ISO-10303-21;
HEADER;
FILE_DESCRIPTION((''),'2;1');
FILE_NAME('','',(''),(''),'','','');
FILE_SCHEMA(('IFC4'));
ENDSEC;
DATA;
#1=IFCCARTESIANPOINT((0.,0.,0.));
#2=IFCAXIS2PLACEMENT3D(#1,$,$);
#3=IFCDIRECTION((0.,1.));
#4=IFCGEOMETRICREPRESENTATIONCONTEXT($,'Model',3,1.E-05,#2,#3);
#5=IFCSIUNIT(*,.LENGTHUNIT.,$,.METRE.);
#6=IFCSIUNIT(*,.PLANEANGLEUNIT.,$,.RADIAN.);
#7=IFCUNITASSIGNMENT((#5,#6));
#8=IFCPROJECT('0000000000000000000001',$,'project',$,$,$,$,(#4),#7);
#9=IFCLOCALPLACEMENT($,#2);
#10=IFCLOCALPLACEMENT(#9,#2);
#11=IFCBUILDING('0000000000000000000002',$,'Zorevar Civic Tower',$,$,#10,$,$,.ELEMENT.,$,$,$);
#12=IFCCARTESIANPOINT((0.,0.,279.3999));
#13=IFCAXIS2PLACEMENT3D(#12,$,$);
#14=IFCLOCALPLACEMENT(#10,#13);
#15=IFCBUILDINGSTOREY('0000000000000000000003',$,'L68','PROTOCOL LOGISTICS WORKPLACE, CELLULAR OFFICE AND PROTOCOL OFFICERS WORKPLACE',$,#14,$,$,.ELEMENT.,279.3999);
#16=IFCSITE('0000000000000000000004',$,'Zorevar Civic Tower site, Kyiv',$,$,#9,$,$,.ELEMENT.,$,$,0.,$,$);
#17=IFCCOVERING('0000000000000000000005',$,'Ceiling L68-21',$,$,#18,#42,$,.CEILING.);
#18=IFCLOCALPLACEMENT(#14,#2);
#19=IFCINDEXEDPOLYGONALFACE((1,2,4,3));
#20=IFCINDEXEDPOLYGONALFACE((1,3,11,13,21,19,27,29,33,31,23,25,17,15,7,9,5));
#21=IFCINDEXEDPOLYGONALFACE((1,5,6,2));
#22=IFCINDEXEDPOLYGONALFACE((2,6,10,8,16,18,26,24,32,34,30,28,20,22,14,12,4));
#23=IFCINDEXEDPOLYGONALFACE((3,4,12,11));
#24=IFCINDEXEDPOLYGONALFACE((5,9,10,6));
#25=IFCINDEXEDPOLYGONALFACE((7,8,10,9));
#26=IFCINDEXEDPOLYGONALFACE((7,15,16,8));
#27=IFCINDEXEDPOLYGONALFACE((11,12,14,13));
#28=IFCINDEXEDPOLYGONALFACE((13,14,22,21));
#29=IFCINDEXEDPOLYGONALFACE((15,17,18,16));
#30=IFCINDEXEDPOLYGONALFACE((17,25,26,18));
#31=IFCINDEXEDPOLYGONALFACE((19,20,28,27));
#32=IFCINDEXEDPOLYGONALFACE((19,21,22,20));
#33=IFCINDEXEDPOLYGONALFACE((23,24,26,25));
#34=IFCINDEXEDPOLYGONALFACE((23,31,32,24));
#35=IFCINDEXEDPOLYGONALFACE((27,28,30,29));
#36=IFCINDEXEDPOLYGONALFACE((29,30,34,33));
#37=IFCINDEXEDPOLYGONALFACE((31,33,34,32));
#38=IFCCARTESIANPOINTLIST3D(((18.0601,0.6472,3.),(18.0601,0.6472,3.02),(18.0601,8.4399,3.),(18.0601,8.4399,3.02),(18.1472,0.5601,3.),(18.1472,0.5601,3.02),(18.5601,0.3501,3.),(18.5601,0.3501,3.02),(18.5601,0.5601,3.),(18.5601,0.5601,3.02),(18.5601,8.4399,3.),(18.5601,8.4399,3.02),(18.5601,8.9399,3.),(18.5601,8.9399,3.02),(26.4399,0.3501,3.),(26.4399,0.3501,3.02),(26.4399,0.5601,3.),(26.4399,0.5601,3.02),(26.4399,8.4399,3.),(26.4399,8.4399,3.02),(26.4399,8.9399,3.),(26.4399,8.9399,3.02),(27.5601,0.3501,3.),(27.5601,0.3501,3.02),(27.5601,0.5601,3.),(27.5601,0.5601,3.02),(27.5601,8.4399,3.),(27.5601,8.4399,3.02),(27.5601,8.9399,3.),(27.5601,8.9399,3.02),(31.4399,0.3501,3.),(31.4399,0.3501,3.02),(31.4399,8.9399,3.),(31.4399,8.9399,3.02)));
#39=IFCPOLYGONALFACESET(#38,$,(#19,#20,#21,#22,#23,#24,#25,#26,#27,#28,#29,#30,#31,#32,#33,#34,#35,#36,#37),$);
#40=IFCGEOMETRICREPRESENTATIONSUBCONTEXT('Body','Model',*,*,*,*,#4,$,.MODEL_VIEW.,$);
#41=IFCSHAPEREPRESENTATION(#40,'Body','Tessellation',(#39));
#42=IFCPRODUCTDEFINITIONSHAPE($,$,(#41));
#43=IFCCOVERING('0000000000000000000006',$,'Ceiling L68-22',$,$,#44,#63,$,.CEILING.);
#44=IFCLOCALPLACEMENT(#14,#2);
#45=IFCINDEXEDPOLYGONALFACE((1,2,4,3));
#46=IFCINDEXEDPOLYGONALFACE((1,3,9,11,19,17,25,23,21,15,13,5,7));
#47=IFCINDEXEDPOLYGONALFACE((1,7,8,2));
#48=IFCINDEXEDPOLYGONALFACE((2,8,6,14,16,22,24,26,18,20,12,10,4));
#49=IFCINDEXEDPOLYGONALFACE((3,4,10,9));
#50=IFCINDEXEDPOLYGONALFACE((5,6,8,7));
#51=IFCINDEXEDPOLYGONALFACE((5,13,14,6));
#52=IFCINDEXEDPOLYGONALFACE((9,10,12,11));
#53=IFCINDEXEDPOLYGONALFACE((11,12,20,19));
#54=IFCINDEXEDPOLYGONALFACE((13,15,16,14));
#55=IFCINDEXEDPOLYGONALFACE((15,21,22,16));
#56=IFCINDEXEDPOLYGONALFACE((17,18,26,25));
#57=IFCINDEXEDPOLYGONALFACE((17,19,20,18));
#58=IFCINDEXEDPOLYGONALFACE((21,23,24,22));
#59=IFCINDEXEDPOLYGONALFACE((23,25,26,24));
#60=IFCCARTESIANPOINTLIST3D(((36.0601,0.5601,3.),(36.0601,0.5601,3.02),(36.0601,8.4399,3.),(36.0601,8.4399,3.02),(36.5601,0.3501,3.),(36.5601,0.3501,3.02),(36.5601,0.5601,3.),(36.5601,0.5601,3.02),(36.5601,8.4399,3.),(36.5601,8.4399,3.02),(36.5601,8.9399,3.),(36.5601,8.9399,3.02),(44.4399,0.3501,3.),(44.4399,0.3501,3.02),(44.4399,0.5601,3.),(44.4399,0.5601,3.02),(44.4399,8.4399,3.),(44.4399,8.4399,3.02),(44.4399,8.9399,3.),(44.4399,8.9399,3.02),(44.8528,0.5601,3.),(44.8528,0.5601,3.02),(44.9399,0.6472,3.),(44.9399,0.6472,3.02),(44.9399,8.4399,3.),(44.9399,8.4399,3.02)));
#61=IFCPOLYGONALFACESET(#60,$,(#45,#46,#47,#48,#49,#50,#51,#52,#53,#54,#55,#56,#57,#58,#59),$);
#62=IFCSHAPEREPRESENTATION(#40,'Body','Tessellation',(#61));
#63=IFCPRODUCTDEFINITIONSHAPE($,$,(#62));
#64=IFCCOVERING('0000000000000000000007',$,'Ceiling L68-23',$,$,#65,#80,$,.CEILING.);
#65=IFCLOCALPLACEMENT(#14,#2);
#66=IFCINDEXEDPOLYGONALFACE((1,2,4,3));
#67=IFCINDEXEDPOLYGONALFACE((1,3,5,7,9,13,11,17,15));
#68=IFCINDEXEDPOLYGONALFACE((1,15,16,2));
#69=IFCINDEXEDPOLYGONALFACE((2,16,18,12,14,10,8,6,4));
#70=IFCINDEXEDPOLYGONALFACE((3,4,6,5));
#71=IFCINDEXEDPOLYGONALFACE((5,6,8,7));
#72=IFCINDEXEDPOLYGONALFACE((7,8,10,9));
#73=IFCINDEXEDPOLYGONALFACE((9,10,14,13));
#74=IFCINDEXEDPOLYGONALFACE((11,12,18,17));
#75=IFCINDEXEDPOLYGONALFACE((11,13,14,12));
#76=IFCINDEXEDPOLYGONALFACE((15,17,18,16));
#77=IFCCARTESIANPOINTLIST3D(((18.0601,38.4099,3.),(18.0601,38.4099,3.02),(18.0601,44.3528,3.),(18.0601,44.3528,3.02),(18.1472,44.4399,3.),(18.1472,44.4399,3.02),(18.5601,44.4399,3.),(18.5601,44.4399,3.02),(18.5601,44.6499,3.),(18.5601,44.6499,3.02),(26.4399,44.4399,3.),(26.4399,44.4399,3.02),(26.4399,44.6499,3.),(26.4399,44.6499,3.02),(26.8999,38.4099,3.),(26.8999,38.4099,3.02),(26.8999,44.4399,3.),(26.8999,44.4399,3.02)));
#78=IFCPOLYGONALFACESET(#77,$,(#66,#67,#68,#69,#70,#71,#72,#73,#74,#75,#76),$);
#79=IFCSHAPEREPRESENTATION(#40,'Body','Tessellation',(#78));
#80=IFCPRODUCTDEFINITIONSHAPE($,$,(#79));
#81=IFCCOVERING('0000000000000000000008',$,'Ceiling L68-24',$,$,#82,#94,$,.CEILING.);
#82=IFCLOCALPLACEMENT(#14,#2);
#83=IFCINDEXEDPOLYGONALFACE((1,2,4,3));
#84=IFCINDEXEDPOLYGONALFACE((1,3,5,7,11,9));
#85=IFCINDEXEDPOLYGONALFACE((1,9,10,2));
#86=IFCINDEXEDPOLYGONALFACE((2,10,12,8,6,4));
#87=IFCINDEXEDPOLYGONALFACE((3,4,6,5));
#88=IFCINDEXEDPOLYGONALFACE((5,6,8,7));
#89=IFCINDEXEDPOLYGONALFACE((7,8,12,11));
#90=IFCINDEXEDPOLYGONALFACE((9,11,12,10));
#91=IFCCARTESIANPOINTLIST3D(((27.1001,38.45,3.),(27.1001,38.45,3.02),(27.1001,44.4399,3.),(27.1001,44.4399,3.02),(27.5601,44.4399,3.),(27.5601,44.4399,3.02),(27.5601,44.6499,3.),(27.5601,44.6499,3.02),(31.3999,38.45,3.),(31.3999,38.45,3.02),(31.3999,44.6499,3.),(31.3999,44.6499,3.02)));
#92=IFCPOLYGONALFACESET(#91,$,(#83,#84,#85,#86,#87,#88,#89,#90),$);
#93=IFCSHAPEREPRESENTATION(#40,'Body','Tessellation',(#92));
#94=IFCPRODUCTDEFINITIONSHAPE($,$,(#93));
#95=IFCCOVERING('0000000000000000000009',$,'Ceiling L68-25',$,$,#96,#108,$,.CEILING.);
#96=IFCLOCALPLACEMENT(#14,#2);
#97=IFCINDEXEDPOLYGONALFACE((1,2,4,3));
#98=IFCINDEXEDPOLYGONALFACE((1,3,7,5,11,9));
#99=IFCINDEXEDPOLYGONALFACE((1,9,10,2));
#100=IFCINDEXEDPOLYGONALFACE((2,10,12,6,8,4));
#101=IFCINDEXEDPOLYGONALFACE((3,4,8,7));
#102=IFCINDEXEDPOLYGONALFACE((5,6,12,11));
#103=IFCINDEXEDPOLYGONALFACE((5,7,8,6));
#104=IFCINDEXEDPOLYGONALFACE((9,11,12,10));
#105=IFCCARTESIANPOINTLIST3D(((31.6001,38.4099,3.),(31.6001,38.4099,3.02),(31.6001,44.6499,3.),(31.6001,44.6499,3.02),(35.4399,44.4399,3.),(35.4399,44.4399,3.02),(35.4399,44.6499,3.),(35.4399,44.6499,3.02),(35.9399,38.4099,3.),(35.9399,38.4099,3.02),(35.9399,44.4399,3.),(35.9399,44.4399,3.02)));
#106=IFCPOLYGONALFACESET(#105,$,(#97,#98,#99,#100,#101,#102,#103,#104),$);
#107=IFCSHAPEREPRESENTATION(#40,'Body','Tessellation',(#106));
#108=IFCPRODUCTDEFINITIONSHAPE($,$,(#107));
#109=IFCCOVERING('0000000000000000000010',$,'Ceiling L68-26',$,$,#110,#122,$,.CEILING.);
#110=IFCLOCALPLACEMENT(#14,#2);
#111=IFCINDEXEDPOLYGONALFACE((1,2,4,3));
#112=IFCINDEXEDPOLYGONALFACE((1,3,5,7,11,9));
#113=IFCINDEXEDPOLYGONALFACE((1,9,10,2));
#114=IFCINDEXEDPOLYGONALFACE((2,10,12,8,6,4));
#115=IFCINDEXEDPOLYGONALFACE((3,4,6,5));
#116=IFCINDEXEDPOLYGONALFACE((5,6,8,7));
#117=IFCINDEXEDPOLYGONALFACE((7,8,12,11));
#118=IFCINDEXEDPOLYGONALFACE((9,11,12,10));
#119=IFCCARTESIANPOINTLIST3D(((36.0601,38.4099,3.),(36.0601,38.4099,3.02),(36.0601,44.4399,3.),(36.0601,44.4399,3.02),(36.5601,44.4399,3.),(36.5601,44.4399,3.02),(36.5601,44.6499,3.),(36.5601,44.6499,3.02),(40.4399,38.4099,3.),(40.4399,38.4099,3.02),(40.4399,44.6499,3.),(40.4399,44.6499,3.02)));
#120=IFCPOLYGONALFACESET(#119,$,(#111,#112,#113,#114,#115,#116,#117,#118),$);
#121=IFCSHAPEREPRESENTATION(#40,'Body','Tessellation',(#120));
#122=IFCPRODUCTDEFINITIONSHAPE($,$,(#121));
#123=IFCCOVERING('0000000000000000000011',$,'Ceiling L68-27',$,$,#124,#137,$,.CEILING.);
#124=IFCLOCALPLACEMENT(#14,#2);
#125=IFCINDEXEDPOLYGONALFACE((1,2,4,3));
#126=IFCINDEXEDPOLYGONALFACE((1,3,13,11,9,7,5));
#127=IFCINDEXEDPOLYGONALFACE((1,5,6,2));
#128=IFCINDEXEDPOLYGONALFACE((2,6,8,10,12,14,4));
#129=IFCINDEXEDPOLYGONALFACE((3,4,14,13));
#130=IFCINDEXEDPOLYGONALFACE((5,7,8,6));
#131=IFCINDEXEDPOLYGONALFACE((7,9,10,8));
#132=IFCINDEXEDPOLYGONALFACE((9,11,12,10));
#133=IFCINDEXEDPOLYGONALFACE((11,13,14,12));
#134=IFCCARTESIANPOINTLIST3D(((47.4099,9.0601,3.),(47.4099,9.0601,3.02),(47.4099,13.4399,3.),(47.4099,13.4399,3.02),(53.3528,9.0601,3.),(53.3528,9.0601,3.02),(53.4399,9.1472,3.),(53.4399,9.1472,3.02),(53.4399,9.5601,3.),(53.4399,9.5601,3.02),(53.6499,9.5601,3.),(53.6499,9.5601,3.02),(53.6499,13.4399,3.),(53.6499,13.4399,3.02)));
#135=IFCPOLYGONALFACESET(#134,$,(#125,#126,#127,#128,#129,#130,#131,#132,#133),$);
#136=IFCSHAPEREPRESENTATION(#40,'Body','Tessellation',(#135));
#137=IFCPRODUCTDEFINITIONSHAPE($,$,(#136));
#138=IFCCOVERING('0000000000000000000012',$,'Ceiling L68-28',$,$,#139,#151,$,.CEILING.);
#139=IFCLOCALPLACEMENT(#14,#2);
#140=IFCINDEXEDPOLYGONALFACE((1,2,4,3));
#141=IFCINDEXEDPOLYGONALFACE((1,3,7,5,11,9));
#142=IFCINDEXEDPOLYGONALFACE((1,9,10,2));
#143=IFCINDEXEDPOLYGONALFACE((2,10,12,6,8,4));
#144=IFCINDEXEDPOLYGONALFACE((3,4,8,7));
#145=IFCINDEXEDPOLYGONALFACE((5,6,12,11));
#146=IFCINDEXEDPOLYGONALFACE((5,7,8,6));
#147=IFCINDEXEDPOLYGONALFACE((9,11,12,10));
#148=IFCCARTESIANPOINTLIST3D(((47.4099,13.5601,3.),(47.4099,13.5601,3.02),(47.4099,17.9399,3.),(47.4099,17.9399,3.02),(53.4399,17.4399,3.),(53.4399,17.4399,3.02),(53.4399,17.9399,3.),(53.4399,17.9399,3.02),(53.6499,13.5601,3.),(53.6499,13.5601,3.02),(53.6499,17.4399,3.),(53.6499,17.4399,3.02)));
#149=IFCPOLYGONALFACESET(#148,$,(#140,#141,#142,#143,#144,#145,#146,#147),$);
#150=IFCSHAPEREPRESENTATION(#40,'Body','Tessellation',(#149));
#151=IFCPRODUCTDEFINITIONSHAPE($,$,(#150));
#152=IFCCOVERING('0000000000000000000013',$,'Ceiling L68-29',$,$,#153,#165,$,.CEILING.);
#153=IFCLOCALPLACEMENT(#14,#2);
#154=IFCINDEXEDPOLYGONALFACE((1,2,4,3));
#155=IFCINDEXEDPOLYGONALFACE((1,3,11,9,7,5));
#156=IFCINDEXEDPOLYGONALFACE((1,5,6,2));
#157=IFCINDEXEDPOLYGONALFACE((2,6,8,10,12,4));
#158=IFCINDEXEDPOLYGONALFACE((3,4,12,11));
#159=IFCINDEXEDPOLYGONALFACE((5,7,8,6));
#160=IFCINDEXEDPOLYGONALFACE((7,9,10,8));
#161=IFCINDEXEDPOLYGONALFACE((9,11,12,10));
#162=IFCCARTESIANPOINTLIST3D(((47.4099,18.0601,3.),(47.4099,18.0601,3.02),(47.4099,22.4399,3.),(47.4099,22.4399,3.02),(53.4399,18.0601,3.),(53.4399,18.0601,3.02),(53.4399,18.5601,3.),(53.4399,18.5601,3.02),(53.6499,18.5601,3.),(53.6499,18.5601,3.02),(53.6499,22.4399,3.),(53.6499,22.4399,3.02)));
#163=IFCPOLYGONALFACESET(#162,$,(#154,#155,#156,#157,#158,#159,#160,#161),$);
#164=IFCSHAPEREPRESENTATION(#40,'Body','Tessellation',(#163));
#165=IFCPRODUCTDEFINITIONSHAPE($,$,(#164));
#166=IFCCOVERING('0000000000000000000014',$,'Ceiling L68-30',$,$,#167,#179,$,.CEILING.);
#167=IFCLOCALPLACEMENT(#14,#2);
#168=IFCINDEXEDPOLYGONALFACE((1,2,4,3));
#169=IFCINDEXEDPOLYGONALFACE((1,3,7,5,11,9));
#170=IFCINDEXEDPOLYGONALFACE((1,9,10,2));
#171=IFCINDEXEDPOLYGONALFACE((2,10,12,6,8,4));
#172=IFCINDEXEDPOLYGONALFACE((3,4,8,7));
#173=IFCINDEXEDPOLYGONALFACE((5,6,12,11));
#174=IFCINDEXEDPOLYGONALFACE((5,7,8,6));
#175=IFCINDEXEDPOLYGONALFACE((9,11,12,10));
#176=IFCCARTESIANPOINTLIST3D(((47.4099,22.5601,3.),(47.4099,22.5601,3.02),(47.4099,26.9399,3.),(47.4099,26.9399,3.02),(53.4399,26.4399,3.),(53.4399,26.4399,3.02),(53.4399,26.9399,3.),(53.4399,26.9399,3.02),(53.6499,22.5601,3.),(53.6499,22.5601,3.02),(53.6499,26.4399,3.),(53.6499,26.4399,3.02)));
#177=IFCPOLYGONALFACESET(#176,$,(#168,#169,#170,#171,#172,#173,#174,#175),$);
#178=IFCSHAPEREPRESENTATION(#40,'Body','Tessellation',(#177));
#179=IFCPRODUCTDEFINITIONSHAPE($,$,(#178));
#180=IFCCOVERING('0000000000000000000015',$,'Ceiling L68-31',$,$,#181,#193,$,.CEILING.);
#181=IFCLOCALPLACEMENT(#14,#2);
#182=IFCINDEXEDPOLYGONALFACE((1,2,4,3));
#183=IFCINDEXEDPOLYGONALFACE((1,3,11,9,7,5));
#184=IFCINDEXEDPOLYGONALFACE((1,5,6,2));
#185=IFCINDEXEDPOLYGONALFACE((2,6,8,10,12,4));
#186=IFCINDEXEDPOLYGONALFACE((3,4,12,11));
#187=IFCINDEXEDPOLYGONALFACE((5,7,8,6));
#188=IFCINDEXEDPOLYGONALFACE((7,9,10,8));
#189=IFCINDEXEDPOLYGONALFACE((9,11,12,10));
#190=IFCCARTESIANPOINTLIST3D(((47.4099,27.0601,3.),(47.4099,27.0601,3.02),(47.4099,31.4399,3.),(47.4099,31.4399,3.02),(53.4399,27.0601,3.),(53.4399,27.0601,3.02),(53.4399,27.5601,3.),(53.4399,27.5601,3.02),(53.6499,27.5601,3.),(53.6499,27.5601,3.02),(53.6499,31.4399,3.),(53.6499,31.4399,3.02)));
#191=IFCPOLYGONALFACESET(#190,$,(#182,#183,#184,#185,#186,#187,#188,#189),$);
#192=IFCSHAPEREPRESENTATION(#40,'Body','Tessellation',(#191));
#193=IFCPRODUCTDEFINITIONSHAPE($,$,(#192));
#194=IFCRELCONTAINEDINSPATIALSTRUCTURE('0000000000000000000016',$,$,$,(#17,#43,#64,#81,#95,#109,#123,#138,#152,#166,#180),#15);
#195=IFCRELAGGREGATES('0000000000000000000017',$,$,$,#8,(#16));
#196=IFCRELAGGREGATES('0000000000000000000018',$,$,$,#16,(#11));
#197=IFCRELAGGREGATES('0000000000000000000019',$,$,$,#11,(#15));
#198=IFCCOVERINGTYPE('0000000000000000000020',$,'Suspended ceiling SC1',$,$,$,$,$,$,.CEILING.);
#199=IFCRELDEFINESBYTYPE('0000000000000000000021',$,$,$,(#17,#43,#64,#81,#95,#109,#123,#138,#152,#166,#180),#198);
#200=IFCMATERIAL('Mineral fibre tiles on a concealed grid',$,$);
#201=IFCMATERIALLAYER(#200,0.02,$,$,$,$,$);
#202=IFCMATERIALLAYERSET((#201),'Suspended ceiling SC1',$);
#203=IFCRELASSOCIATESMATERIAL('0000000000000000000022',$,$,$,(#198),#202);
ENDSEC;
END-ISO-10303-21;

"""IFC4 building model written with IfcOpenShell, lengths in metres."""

from ifc_helpers import new_model, si_unit, direction, frame, origin, place, context, subcontext, project, spatial, polyline, outline, extrude, material, layer, layer_set, type_object, element, save


model = new_model("IFC4")

# Units and contexts
model_context = context("Model", 3, precision=1e-05, world=origin(), true_north=direction((0.0, 1.0)))
body_context = subcontext(model_context, "Body", "Model", "MODEL_VIEW")
ifc_project = project(units=[si_unit("LENGTHUNIT", "METRE"), si_unit("PLANEANGLEUNIT", "RADIAN")], contexts=[model_context])

# Site, building, storey
site_placement = place(None, origin())
site = spatial("IfcSite", under=ifc_project, at=site_placement, Name="Zorevar Civic Tower site, Kyiv", CompositionType="ELEMENT", RefElevation=0.0)
building_placement = place(site_placement, origin())
building = spatial("IfcBuilding", under=site, at=building_placement, Name="Zorevar Civic Tower", CompositionType="ELEMENT")
storey_placement = place(building_placement, frame((0.0, 0.0, 279.3999)))
storey = spatial("IfcBuildingStorey", under=building, at=storey_placement, Name="L68", Description="PROTOCOL LOGISTICS WORKPLACE, CELLULAR OFFICE AND PROTOCOL OFFICERS WORKPLACE", CompositionType="ELEMENT", Elevation=279.3999)

# Coverings
ifc_material_1 = material(Name="Mineral fibre tiles on a concealed grid")
ifc_layer_1 = layer(ifc_material_1, 0.02)
ifc_layer_set_1 = layer_set([ifc_layer_1], Name="Suspended ceiling SC1")
covering_type_1 = type_object("IfcCoveringType", Name="Suspended ceiling SC1", PredefinedType="CEILING", material=ifc_layer_set_1)
covering_1_placement = place(storey_placement, frame((0.0, 0.0, 3.0)))
element("IfcCovering", 1, at=covering_1_placement, inside=storey, type_object=covering_type_1, Name="Ceiling L68-21", PredefinedType="CEILING", context=body_context, shape_type="SweptSolid", body=[
    extrude(outline(polyline([(18.1472, 0.5601), (18.0601, 0.6472), (18.0601, 8.4399), (18.5601, 8.4399), (18.5601, 8.9399), (26.4399, 8.9399), (26.4399, 8.4399), (27.5601, 8.4399), (27.5601, 8.9399), (31.4399, 8.9399), (31.4399, 0.3501), (27.5601, 0.3501), (27.5601, 0.5601), (26.4399, 0.5601), (26.4399, 0.3501), (18.5601, 0.3501), (18.5601, 0.5601), (18.1472, 0.5601)])), origin(), (0.0, 0.0, 1.0), 0.02),
])
covering_2_placement = place(storey_placement, frame((0.0, 0.0, 3.0)))
element("IfcCovering", 2, at=covering_2_placement, inside=storey, type_object=covering_type_1, Name="Ceiling L68-22", PredefinedType="CEILING", context=body_context, shape_type="SweptSolid", body=[
    extrude(outline(polyline([(36.0601, 0.5601), (36.0601, 8.4399), (36.5601, 8.4399), (36.5601, 8.9399), (44.4399, 8.9399), (44.4399, 8.4399), (44.9399, 8.4399), (44.9399, 0.6472), (44.8528, 0.5601), (44.4399, 0.5601), (44.4399, 0.3501), (36.5601, 0.3501), (36.5601, 0.5601), (36.0601, 0.5601)])), origin(), (0.0, 0.0, 1.0), 0.02),
])
covering_3_placement = place(storey_placement, frame((0.0, 0.0, 3.0)))
element("IfcCovering", 3, at=covering_3_placement, inside=storey, type_object=covering_type_1, Name="Ceiling L68-23", PredefinedType="CEILING", context=body_context, shape_type="SweptSolid", body=[
    extrude(outline(polyline([(18.5601, 44.6499), (26.4399, 44.6499), (26.4399, 44.4399), (26.8999, 44.4399), (26.8999, 38.4099), (18.0601, 38.4099), (18.0601, 44.3528), (18.1472, 44.4399), (18.5601, 44.4399), (18.5601, 44.6499)])), origin(), (0.0, 0.0, 1.0), 0.02),
])
covering_4_placement = place(storey_placement, frame((0.0, 0.0, 3.0)))
element("IfcCovering", 4, at=covering_4_placement, inside=storey, type_object=covering_type_1, Name="Ceiling L68-24", PredefinedType="CEILING", context=body_context, shape_type="SweptSolid", body=[
    extrude(outline(polyline([(27.1001, 38.45), (27.1001, 44.4399), (27.5601, 44.4399), (27.5601, 44.6499), (31.3999, 44.6499), (31.3999, 38.45), (27.1001, 38.45)])), origin(), (0.0, 0.0, 1.0), 0.02),
])
covering_5_placement = place(storey_placement, frame((0.0, 0.0, 3.0)))
element("IfcCovering", 5, at=covering_5_placement, inside=storey, type_object=covering_type_1, Name="Ceiling L68-25", PredefinedType="CEILING", context=body_context, shape_type="SweptSolid", body=[
    extrude(outline(polyline([(31.6001, 38.4099), (31.6001, 44.6499), (35.4399, 44.6499), (35.4399, 44.4399), (35.9399, 44.4399), (35.9399, 38.4099), (31.6001, 38.4099)])), origin(), (0.0, 0.0, 1.0), 0.02),
])
covering_6_placement = place(storey_placement, frame((0.0, 0.0, 3.0)))
element("IfcCovering", 6, at=covering_6_placement, inside=storey, type_object=covering_type_1, Name="Ceiling L68-26", PredefinedType="CEILING", context=body_context, shape_type="SweptSolid", body=[
    extrude(outline(polyline([(36.0601, 38.4099), (36.0601, 44.4399), (36.5601, 44.4399), (36.5601, 44.6499), (40.4399, 44.6499), (40.4399, 38.4099), (36.0601, 38.4099)])), origin(), (0.0, 0.0, 1.0), 0.02),
])
covering_7_placement = place(storey_placement, frame((0.0, 0.0, 3.0)))
element("IfcCovering", 7, at=covering_7_placement, inside=storey, type_object=covering_type_1, Name="Ceiling L68-27", PredefinedType="CEILING", context=body_context, shape_type="SweptSolid", body=[
    extrude(outline(polyline([(53.6499, 13.4399), (53.6499, 9.5601), (53.4399, 9.5601), (53.4399, 9.1472), (53.3528, 9.0601), (47.4099, 9.0601), (47.4099, 13.4399), (53.6499, 13.4399)])), origin(), (0.0, 0.0, 1.0), 0.02),
])
covering_8_placement = place(storey_placement, frame((0.0, 0.0, 3.0)))
element("IfcCovering", 8, at=covering_8_placement, inside=storey, type_object=covering_type_1, Name="Ceiling L68-28", PredefinedType="CEILING", context=body_context, shape_type="SweptSolid", body=[
    extrude(outline(polyline([(47.4099, 17.9399), (53.4399, 17.9399), (53.4399, 17.4399), (53.6499, 17.4399), (53.6499, 13.5601), (47.4099, 13.5601), (47.4099, 17.9399)])), origin(), (0.0, 0.0, 1.0), 0.02),
])
covering_9_placement = place(storey_placement, frame((0.0, 0.0, 3.0)))
element("IfcCovering", 9, at=covering_9_placement, inside=storey, type_object=covering_type_1, Name="Ceiling L68-29", PredefinedType="CEILING", context=body_context, shape_type="SweptSolid", body=[
    extrude(outline(polyline([(47.4099, 22.4399), (53.6499, 22.4399), (53.6499, 18.5601), (53.4399, 18.5601), (53.4399, 18.0601), (47.4099, 18.0601), (47.4099, 22.4399)])), origin(), (0.0, 0.0, 1.0), 0.02),
])
covering_10_placement = place(storey_placement, frame((0.0, 0.0, 3.0)))
element("IfcCovering", 10, at=covering_10_placement, inside=storey, type_object=covering_type_1, Name="Ceiling L68-30", PredefinedType="CEILING", context=body_context, shape_type="SweptSolid", body=[
    extrude(outline(polyline([(47.4099, 26.9399), (53.4399, 26.9399), (53.4399, 26.4399), (53.6499, 26.4399), (53.6499, 22.5601), (47.4099, 22.5601), (47.4099, 26.9399)])), origin(), (0.0, 0.0, 1.0), 0.02),
])
covering_11_placement = place(storey_placement, frame((0.0, 0.0, 3.0)))
element("IfcCovering", 11, at=covering_11_placement, inside=storey, type_object=covering_type_1, Name="Ceiling L68-31", PredefinedType="CEILING", context=body_context, shape_type="SweptSolid", body=[
    extrude(outline(polyline([(47.4099, 31.4399), (53.6499, 31.4399), (53.6499, 27.5601), (53.4399, 27.5601), (53.4399, 27.0601), (47.4099, 27.0601), (47.4099, 31.4399)])), origin(), (0.0, 0.0, 1.0), 0.02),
])

save(model, "model.ifc")
